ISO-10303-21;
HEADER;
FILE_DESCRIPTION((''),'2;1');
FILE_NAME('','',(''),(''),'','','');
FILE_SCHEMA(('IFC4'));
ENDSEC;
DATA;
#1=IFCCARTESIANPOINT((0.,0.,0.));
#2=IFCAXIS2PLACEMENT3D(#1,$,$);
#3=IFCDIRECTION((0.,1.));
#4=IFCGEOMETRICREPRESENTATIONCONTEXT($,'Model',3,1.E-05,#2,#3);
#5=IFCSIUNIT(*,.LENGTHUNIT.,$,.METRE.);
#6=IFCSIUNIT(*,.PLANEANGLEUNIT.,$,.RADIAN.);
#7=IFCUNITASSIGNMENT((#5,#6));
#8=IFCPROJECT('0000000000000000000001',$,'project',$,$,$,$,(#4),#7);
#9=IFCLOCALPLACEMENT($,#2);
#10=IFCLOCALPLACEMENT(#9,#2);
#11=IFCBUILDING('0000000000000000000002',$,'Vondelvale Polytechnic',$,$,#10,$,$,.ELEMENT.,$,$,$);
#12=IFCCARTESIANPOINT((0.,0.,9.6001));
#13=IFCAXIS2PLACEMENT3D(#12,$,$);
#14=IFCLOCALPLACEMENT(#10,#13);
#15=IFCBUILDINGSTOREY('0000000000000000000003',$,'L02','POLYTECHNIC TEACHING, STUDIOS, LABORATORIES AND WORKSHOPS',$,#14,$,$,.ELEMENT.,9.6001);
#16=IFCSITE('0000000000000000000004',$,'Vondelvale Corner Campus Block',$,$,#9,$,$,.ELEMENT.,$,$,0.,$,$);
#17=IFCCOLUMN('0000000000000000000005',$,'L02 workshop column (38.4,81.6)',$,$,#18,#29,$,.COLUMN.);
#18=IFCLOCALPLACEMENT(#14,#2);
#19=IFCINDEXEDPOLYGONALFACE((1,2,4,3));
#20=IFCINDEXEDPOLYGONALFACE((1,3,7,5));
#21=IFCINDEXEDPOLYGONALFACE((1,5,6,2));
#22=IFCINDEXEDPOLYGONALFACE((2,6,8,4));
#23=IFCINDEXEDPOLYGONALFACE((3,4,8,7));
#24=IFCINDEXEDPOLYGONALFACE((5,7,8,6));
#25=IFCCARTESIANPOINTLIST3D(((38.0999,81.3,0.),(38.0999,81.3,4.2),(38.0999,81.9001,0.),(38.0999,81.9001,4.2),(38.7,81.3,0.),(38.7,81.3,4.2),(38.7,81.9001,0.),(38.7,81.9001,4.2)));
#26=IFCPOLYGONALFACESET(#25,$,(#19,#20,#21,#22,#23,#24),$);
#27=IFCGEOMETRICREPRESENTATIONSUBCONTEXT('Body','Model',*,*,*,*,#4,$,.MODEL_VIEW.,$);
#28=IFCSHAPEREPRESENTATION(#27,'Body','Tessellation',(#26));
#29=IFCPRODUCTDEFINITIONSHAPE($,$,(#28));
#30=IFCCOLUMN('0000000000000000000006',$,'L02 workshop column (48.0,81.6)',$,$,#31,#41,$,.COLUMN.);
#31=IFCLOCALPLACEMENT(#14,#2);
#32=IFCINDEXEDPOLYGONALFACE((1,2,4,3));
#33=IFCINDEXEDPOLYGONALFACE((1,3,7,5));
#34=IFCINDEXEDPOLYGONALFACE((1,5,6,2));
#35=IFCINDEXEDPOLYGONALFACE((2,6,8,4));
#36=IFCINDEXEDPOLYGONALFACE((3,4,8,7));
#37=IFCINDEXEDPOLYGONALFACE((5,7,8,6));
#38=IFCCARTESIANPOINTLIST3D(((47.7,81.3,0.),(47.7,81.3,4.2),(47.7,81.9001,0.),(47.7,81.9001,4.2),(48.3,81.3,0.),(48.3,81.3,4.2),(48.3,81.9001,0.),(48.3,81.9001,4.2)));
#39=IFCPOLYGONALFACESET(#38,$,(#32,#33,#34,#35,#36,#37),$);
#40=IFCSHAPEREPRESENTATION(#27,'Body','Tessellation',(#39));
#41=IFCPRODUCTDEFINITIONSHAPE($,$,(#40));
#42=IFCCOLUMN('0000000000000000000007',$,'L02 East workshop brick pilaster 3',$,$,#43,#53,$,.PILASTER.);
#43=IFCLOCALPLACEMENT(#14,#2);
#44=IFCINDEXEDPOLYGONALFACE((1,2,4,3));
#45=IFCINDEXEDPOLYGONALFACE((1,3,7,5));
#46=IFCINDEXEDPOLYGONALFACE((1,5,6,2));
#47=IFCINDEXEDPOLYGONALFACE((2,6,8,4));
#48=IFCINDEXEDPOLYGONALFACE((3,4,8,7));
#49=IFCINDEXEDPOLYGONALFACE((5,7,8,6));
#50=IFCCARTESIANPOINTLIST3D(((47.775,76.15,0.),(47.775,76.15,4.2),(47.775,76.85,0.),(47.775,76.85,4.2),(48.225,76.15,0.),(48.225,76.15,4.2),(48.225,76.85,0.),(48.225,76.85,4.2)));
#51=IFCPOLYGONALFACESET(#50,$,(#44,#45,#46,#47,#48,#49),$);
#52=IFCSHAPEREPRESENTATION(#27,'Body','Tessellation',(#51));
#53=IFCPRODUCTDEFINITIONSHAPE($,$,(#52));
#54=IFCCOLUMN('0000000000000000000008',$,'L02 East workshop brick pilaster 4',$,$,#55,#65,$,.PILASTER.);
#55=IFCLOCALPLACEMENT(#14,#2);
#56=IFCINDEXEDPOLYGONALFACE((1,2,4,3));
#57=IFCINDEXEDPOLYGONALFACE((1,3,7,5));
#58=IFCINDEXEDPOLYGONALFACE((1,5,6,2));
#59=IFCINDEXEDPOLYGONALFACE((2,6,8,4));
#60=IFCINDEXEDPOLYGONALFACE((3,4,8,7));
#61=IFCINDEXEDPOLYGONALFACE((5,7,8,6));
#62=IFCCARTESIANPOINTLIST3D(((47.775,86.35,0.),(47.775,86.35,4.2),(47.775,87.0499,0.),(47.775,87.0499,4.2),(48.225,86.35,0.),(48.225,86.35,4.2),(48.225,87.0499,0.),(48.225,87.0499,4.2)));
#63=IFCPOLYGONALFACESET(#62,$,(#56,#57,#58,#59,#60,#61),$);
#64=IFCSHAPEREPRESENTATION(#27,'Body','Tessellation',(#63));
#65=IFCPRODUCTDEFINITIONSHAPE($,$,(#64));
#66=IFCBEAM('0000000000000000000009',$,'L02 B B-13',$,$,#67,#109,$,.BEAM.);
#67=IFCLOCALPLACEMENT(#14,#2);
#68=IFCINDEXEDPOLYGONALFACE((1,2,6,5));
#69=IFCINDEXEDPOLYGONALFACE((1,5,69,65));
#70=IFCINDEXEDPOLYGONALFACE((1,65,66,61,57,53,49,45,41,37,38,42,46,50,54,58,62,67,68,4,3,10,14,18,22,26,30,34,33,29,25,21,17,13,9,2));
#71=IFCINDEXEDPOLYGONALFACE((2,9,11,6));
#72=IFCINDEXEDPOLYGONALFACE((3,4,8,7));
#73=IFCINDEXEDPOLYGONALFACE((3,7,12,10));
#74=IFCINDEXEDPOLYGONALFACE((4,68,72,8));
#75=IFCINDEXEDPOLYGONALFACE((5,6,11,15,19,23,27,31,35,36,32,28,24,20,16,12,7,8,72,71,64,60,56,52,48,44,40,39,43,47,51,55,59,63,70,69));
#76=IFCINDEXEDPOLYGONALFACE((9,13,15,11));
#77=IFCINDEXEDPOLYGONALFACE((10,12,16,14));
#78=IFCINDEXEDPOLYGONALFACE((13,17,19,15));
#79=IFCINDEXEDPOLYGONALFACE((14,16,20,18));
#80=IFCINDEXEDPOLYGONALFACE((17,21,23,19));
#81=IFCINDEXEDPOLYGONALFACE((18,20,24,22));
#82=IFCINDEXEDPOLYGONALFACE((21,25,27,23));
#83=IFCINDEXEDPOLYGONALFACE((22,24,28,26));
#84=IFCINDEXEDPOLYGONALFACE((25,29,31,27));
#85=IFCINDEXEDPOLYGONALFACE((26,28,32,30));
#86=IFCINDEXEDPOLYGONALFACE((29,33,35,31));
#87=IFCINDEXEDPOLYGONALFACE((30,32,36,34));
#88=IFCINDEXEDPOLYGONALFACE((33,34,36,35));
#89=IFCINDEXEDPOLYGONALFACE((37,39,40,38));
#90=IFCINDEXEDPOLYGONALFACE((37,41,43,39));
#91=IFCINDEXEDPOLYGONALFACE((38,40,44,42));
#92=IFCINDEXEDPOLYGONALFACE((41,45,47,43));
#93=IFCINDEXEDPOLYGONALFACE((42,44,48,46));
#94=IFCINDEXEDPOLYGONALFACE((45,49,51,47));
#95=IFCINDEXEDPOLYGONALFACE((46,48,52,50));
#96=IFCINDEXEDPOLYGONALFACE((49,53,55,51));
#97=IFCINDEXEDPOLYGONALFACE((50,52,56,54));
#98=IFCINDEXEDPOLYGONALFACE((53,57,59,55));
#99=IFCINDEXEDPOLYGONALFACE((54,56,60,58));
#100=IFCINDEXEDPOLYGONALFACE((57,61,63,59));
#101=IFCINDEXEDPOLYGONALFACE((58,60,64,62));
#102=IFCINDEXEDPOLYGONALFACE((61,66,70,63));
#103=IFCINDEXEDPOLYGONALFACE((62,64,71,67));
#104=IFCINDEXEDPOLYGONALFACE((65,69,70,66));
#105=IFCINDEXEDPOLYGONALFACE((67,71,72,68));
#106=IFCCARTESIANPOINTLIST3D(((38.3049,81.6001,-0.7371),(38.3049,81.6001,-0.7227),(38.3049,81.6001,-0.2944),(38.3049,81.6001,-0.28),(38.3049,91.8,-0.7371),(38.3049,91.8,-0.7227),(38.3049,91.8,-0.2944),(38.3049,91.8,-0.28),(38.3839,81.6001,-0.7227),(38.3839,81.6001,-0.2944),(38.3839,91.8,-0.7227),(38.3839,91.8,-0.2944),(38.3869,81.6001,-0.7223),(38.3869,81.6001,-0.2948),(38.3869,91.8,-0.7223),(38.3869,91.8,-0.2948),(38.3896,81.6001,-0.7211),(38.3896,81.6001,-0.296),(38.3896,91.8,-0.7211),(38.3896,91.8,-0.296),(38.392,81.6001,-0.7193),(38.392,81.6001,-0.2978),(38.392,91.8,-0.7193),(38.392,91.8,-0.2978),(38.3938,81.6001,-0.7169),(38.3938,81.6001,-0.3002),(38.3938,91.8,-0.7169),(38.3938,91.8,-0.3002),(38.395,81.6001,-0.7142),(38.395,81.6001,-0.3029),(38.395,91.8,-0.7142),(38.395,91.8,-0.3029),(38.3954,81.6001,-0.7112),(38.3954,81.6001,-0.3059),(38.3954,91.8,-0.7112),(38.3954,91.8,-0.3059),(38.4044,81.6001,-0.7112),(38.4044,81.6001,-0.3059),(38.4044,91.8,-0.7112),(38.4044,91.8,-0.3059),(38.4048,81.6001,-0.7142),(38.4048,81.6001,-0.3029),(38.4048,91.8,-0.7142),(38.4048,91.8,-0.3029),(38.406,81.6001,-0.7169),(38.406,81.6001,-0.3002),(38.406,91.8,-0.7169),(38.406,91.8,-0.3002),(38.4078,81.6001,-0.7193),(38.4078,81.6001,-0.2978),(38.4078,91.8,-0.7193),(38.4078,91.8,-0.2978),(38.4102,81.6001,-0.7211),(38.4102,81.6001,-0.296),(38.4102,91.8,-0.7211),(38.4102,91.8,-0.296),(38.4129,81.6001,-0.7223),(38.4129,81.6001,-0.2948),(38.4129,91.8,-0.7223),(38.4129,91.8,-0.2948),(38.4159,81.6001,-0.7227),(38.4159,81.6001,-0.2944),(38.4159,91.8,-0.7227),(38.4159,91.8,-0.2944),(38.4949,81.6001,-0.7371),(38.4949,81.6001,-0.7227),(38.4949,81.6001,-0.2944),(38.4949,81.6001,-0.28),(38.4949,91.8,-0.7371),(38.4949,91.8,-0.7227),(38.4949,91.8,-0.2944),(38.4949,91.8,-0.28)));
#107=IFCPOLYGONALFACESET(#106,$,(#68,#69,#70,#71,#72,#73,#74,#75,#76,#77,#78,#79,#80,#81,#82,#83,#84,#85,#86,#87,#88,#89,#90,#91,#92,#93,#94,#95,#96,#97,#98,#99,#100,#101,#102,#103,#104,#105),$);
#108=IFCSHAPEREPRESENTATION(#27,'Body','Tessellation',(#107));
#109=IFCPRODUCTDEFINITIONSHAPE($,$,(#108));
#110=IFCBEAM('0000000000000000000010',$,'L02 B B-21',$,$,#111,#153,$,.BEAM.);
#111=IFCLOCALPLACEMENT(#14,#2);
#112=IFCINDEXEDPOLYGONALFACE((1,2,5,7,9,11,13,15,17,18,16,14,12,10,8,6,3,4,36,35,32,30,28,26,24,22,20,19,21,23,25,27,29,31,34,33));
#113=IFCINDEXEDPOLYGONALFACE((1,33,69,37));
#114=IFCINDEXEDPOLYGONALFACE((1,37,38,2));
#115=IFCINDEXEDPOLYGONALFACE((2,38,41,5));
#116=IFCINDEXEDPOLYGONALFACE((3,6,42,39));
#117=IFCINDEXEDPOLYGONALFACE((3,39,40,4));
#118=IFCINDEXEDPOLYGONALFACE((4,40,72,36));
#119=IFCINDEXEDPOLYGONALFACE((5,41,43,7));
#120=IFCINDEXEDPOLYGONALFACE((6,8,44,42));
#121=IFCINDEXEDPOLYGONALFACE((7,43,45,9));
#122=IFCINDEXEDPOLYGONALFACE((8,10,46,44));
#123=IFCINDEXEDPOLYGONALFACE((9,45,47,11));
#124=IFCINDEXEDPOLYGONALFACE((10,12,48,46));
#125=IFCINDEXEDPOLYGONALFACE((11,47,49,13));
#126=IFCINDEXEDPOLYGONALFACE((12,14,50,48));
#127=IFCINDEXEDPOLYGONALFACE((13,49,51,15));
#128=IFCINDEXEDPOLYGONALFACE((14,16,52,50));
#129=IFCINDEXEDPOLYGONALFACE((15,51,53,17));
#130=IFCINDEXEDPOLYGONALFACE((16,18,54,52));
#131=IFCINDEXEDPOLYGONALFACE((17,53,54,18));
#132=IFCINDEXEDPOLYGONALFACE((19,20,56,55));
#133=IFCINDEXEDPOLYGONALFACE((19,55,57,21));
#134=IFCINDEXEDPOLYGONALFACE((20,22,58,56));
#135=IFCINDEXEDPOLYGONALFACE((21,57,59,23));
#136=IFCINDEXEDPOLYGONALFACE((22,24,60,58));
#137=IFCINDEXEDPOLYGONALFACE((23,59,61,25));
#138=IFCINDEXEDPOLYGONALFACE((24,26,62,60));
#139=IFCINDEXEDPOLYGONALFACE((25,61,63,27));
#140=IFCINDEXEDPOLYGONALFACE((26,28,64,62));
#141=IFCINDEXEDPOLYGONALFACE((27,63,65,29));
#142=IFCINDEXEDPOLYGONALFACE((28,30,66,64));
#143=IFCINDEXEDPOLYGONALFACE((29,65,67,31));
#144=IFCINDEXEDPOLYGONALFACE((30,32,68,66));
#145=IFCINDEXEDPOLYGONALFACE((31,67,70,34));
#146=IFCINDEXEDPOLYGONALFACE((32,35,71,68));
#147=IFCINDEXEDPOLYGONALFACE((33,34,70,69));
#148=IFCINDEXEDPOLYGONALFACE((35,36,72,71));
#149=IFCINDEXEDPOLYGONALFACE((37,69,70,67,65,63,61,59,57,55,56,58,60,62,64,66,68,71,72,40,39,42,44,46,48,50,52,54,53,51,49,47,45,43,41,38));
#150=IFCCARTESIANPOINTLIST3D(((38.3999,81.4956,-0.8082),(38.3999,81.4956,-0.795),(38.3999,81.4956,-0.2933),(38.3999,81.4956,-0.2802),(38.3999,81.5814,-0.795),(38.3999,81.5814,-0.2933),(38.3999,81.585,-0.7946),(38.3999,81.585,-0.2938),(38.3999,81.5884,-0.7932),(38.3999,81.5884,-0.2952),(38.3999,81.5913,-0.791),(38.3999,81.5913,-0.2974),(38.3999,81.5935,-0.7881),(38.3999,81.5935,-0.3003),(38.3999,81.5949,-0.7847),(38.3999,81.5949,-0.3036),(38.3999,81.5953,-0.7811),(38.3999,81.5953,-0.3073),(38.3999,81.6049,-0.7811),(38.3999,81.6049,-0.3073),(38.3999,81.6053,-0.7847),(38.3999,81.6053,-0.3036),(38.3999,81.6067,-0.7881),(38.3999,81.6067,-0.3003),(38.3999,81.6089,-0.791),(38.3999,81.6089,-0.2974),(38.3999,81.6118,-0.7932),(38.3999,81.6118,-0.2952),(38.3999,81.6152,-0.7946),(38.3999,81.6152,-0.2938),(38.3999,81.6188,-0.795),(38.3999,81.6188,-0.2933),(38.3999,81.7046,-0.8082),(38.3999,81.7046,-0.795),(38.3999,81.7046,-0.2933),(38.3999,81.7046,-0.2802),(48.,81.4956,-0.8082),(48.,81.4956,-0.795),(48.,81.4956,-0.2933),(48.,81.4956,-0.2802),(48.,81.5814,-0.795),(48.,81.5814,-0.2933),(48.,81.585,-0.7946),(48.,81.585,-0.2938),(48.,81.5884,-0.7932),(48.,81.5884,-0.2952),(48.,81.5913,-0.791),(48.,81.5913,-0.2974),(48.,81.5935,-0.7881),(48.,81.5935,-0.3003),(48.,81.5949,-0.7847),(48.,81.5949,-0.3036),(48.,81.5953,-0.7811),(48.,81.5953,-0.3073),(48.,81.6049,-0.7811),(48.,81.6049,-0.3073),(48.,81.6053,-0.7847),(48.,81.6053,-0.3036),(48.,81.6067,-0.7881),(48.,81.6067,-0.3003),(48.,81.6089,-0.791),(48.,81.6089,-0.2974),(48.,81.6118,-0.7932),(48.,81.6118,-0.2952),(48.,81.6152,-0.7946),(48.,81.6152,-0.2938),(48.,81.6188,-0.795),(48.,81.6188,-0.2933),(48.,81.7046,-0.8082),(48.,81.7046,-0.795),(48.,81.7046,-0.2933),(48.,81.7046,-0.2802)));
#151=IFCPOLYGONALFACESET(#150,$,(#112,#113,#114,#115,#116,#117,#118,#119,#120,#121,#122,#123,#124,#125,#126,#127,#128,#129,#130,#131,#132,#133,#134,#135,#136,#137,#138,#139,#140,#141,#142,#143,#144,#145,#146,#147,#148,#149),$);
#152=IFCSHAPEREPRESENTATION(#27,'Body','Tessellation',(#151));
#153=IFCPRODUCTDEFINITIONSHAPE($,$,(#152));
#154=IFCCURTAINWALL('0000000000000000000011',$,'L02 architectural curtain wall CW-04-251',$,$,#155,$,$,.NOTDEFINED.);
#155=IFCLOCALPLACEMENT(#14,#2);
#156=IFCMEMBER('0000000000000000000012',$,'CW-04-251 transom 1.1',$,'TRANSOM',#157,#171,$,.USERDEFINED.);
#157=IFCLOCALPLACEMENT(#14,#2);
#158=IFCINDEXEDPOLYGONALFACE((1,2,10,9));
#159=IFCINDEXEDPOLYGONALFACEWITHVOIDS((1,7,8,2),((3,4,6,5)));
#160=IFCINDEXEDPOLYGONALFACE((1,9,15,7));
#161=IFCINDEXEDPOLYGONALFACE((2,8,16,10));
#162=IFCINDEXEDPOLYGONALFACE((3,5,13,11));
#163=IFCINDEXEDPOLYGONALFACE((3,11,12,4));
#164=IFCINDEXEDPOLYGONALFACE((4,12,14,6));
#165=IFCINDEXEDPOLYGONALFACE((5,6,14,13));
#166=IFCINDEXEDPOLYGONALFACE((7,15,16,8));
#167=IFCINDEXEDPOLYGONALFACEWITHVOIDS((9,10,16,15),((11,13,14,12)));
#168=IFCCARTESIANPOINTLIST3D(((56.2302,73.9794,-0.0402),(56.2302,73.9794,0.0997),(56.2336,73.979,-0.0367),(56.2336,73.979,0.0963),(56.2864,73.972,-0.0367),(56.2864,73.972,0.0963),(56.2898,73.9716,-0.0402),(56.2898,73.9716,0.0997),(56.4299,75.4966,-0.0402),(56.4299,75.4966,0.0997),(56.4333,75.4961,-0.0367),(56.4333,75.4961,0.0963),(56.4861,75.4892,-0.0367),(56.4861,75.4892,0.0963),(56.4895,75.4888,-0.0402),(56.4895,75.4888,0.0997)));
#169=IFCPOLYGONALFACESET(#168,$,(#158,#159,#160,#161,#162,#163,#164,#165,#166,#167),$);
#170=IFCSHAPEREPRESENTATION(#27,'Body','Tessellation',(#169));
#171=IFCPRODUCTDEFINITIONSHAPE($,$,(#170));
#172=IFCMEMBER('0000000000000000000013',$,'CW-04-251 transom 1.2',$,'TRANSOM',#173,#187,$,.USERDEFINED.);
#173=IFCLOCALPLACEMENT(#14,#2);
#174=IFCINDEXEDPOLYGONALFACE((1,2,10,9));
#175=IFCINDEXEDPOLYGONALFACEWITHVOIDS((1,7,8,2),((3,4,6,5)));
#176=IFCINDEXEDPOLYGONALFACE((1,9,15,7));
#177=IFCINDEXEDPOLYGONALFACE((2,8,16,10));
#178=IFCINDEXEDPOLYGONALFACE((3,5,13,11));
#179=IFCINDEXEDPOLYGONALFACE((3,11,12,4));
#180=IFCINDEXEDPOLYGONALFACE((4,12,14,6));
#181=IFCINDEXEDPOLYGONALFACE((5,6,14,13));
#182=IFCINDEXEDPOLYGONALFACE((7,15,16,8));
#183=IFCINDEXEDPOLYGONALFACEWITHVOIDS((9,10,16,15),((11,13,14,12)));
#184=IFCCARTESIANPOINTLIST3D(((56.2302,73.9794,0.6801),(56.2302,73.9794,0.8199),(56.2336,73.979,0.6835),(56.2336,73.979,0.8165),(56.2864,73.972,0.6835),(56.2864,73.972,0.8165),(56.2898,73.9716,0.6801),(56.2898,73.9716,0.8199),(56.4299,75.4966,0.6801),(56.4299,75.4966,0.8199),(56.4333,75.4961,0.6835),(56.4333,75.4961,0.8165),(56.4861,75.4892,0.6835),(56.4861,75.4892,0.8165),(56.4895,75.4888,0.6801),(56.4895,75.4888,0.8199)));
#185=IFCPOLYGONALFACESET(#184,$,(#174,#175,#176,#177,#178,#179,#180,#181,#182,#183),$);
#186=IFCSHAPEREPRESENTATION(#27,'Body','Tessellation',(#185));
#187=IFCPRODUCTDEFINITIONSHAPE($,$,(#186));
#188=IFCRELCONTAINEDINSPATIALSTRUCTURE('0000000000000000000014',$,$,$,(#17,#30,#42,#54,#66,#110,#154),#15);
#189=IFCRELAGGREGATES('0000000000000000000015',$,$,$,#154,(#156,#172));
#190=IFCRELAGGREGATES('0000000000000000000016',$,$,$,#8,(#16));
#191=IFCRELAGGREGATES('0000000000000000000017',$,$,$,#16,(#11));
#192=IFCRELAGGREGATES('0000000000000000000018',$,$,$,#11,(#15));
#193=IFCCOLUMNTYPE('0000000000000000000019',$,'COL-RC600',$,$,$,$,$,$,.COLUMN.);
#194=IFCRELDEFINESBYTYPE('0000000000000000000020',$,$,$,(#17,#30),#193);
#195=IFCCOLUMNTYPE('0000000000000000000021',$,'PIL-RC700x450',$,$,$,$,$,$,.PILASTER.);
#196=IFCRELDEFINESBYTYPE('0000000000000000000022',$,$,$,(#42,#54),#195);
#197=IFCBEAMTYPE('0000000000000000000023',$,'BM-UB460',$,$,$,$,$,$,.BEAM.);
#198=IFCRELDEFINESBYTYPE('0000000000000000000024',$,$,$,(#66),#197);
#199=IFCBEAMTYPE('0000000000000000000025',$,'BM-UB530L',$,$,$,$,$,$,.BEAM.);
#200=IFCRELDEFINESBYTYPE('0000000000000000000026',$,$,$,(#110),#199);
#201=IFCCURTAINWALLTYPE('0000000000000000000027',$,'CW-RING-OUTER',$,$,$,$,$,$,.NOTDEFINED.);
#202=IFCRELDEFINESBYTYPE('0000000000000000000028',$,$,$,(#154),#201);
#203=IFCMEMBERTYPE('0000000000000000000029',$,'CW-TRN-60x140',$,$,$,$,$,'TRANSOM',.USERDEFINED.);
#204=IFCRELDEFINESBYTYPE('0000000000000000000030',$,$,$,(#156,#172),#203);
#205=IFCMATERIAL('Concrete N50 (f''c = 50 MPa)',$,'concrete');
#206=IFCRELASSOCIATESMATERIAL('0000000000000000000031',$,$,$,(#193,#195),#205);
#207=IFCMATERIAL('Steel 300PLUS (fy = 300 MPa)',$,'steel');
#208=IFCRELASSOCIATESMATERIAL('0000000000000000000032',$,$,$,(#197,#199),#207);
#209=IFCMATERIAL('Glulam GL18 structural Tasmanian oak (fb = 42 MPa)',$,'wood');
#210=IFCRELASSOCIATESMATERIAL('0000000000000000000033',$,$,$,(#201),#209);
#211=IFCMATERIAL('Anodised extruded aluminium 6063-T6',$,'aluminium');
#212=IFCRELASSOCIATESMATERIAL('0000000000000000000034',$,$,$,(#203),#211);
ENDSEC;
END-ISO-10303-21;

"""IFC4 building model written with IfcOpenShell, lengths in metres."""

from ifc_helpers import new_model, si_unit, direction, frame, origin, origin_2d, place, context, subcontext, project, spatial, rectangle, hollow_rectangle, i_section, extrude, material, material_profile, profile_set, type_object, element, aggregate, save


model = new_model("IFC4")

# Units and contexts
model_context = context("Model", 3, precision=1e-05, world=origin(), true_north=direction((0.0, 1.0)))
body_context = subcontext(model_context, "Body", "Model", "MODEL_VIEW")
ifc_project = project(units=[si_unit("LENGTHUNIT", "METRE"), si_unit("PLANEANGLEUNIT", "RADIAN")], contexts=[model_context])

# Site, building, storey
site_placement = place(None, origin())
site = spatial("IfcSite", under=ifc_project, at=site_placement, Name="Vondelvale Corner Campus Block", CompositionType="ELEMENT", RefElevation=0.0)
building_placement = place(site_placement, origin())
building = spatial("IfcBuilding", under=site, at=building_placement, Name="Vondelvale Polytechnic", CompositionType="ELEMENT")
storey_placement = place(building_placement, frame((0.0, 0.0, 9.6001)))
storey = spatial("IfcBuildingStorey", under=building, at=storey_placement, Name="L02", Description="POLYTECHNIC TEACHING, STUDIOS, LABORATORIES AND WORKSHOPS", CompositionType="ELEMENT", Elevation=9.6001)

# Columns
ifc_material_1 = material(Name="Concrete N50 (f'c = 50 MPa)", Category="concrete")
ifc_material_profile_1 = material_profile(ifc_material_1, rectangle(XDim=0.6001, YDim=0.6001, at=origin_2d()), Name="RC-COL-600x600")
ifc_profile_set_1 = profile_set([ifc_material_profile_1], Name="Concrete N50 (f'c = 50 MPa)")
column_type_1 = type_object("IfcColumnType", Name="COL-RC600", PredefinedType="COLUMN", material=ifc_profile_set_1)
for number, where, z_axis, x_axis, name in (
    (1, (38.3999, 81.6001, 0.0), (0.0, 0.0, 1.0), (1.0, 0.0, 0.0), "L02 workshop column (38.4,81.6)"),
    (2, (48.0, 81.6001, 0.0), (0.0, 0.0, 1.0), (1.0, 0.0, 0.0), "L02 workshop column (48.0,81.6)"),
):
    element("IfcColumn", number, at=place(storey_placement, frame(where, z_axis=z_axis, x_axis=x_axis)), inside=storey, type_object=column_type_1, Name=name, PredefinedType="COLUMN", context=body_context, shape_type="SweptSolid", body=[
        extrude(rectangle(XDim=0.6001, YDim=0.6001, at=origin_2d()), origin(), (0.0, 0.0, 1.0), 4.2),
    ])
ifc_material_profile_2 = material_profile(ifc_material_1, rectangle(XDim=0.45, YDim=0.7, at=origin_2d()), Name="RC-PIL-700x450")
ifc_profile_set_2 = profile_set([ifc_material_profile_2], Name="Concrete N50 (f'c = 50 MPa)")
column_type_2 = type_object("IfcColumnType", Name="PIL-RC700x450", PredefinedType="PILASTER", material=ifc_profile_set_2)
for number, where, z_axis, x_axis, name in (
    (3, (48.0, 76.5, 0.0), (0.0, 0.0, 1.0), (1.0, 0.0, 0.0), "L02 East workshop brick pilaster 3"),
    (4, (48.0, 86.7, 0.0), (0.0, 0.0, 1.0), (1.0, 0.0, 0.0), "L02 East workshop brick pilaster 4"),
):
    element("IfcColumn", number, at=place(storey_placement, frame(where, z_axis=z_axis, x_axis=x_axis)), inside=storey, type_object=column_type_2, Name=name, PredefinedType="PILASTER", context=body_context, shape_type="SweptSolid", body=[
        extrude(rectangle(XDim=0.45, YDim=0.7, at=origin_2d()), origin(), (0.0, 0.0, 1.0), 4.2),
    ])

# Beams
ifc_material_2 = material(Name="Steel 300PLUS (fy = 300 MPa)", Category="steel")
ifc_material_profile_3 = material_profile(ifc_material_2, i_section(OverallWidth=0.1899, OverallDepth=0.457, WebThickness=0.009, FlangeThickness=0.0144, FilletRadius=0.0115, at=origin_2d()), Name="460UB74.6")
ifc_profile_set_3 = profile_set([ifc_material_profile_3], Name="Steel 300PLUS (fy = 300 MPa)")
beam_type_1 = type_object("IfcBeamType", Name="BM-UB460", PredefinedType="BEAM", material=ifc_profile_set_3)
beam_1_placement = place(storey_placement, frame((38.3999, 81.6001, -0.5085), z_axis=(0.0, 1.0, 0.0), x_axis=(-1.0, 0.0, 0.0)))
element("IfcBeam", 5, at=beam_1_placement, inside=storey, type_object=beam_type_1, Name="L02 B B-13", PredefinedType="BEAM", context=body_context, shape_type="SweptSolid", body=[
    extrude(i_section(OverallWidth=0.1899, OverallDepth=0.457, WebThickness=0.009, FlangeThickness=0.0144, FilletRadius=0.0115, at=origin_2d()), origin(), (0.0, 0.0, 1.0), 10.2),
])
ifc_material_profile_4 = material_profile(ifc_material_2, i_section(OverallWidth=0.209, OverallDepth=0.5281, WebThickness=0.0095, FlangeThickness=0.0132, FilletRadius=0.0139, at=origin_2d()), Name="530UB82.0")
ifc_profile_set_4 = profile_set([ifc_material_profile_4], Name="Steel 300PLUS (fy = 300 MPa)")
beam_type_2 = type_object("IfcBeamType", Name="BM-UB530L", PredefinedType="BEAM", material=ifc_profile_set_4)
beam_2_placement = place(storey_placement, frame((38.3999, 81.6001, -0.5442), z_axis=(1.0, 0.0, 0.0), x_axis=(0.0, 1.0, 0.0)))
element("IfcBeam", 6, at=beam_2_placement, inside=storey, type_object=beam_type_2, Name="L02 B B-21", PredefinedType="BEAM", context=body_context, shape_type="SweptSolid", body=[
    extrude(i_section(OverallWidth=0.209, OverallDepth=0.5281, WebThickness=0.0095, FlangeThickness=0.0132, FilletRadius=0.0139, at=origin_2d()), origin(), (0.0, 0.0, 1.0), 9.6001),
])

# Curtain wall, members
ifc_material_3 = material(Name="Glulam GL18 structural Tasmanian oak (fb = 42 MPa)", Category="wood")
curtain_wall_type = type_object("IfcCurtainWallType", Name="CW-RING-OUTER", PredefinedType="NOTDEFINED", material=ifc_material_3)
curtain_wall_placement = place(storey_placement, origin())
curtain_wall = element("IfcCurtainWall", 7, at=curtain_wall_placement, inside=storey, type_object=curtain_wall_type, Name="L02 architectural curtain wall CW-04-251", PredefinedType="NOTDEFINED")
ifc_material_4 = material(Name="Anodised extruded aluminium 6063-T6", Category="aluminium")
ifc_material_profile_5 = material_profile(ifc_material_4, hollow_rectangle(XDim=0.0601, YDim=0.1399, WallThickness=0.0034, at=origin_2d()), Name="CW-TRN-140x60")
ifc_profile_set_5 = profile_set([ifc_material_profile_5], Name="Anodised extruded aluminium 6063-T6")
member_type = type_object("IfcMemberType", Name="CW-TRN-60x140", ElementType="TRANSOM", PredefinedType="USERDEFINED", material=ifc_profile_set_5)
member_1_placement = place(storey_placement, frame((56.4597, 75.4927, 0.0298), z_axis=(-0.130512, -0.991447, 0.0), x_axis=(0.991447, -0.130512, 0.0)))
member_1 = element("IfcMember", 8, at=member_1_placement, type_object=member_type, Name="CW-04-251 transom 1.1", ObjectType="TRANSOM", PredefinedType="USERDEFINED", context=body_context, shape_type="SweptSolid", body=[
    extrude(hollow_rectangle(XDim=0.0601, YDim=0.1399, WallThickness=0.0034, at=origin_2d()), origin(), (0.0, 0.0, 1.0), 1.5303),
])
member_2_placement = place(storey_placement, frame((56.4597, 75.4927, 0.75), z_axis=(-0.130512, -0.991447, 0.0), x_axis=(0.991447, -0.130512, 0.0)))
member_2 = element("IfcMember", 9, at=member_2_placement, type_object=member_type, Name="CW-04-251 transom 1.2", ObjectType="TRANSOM", PredefinedType="USERDEFINED", context=body_context, shape_type="SweptSolid", body=[
    extrude(hollow_rectangle(XDim=0.0601, YDim=0.1399, WallThickness=0.0034, at=origin_2d()), origin(), (0.0, 0.0, 1.0), 1.5303),
])
aggregate(curtain_wall, [member_1, member_2])

save(model, "model.ifc")
